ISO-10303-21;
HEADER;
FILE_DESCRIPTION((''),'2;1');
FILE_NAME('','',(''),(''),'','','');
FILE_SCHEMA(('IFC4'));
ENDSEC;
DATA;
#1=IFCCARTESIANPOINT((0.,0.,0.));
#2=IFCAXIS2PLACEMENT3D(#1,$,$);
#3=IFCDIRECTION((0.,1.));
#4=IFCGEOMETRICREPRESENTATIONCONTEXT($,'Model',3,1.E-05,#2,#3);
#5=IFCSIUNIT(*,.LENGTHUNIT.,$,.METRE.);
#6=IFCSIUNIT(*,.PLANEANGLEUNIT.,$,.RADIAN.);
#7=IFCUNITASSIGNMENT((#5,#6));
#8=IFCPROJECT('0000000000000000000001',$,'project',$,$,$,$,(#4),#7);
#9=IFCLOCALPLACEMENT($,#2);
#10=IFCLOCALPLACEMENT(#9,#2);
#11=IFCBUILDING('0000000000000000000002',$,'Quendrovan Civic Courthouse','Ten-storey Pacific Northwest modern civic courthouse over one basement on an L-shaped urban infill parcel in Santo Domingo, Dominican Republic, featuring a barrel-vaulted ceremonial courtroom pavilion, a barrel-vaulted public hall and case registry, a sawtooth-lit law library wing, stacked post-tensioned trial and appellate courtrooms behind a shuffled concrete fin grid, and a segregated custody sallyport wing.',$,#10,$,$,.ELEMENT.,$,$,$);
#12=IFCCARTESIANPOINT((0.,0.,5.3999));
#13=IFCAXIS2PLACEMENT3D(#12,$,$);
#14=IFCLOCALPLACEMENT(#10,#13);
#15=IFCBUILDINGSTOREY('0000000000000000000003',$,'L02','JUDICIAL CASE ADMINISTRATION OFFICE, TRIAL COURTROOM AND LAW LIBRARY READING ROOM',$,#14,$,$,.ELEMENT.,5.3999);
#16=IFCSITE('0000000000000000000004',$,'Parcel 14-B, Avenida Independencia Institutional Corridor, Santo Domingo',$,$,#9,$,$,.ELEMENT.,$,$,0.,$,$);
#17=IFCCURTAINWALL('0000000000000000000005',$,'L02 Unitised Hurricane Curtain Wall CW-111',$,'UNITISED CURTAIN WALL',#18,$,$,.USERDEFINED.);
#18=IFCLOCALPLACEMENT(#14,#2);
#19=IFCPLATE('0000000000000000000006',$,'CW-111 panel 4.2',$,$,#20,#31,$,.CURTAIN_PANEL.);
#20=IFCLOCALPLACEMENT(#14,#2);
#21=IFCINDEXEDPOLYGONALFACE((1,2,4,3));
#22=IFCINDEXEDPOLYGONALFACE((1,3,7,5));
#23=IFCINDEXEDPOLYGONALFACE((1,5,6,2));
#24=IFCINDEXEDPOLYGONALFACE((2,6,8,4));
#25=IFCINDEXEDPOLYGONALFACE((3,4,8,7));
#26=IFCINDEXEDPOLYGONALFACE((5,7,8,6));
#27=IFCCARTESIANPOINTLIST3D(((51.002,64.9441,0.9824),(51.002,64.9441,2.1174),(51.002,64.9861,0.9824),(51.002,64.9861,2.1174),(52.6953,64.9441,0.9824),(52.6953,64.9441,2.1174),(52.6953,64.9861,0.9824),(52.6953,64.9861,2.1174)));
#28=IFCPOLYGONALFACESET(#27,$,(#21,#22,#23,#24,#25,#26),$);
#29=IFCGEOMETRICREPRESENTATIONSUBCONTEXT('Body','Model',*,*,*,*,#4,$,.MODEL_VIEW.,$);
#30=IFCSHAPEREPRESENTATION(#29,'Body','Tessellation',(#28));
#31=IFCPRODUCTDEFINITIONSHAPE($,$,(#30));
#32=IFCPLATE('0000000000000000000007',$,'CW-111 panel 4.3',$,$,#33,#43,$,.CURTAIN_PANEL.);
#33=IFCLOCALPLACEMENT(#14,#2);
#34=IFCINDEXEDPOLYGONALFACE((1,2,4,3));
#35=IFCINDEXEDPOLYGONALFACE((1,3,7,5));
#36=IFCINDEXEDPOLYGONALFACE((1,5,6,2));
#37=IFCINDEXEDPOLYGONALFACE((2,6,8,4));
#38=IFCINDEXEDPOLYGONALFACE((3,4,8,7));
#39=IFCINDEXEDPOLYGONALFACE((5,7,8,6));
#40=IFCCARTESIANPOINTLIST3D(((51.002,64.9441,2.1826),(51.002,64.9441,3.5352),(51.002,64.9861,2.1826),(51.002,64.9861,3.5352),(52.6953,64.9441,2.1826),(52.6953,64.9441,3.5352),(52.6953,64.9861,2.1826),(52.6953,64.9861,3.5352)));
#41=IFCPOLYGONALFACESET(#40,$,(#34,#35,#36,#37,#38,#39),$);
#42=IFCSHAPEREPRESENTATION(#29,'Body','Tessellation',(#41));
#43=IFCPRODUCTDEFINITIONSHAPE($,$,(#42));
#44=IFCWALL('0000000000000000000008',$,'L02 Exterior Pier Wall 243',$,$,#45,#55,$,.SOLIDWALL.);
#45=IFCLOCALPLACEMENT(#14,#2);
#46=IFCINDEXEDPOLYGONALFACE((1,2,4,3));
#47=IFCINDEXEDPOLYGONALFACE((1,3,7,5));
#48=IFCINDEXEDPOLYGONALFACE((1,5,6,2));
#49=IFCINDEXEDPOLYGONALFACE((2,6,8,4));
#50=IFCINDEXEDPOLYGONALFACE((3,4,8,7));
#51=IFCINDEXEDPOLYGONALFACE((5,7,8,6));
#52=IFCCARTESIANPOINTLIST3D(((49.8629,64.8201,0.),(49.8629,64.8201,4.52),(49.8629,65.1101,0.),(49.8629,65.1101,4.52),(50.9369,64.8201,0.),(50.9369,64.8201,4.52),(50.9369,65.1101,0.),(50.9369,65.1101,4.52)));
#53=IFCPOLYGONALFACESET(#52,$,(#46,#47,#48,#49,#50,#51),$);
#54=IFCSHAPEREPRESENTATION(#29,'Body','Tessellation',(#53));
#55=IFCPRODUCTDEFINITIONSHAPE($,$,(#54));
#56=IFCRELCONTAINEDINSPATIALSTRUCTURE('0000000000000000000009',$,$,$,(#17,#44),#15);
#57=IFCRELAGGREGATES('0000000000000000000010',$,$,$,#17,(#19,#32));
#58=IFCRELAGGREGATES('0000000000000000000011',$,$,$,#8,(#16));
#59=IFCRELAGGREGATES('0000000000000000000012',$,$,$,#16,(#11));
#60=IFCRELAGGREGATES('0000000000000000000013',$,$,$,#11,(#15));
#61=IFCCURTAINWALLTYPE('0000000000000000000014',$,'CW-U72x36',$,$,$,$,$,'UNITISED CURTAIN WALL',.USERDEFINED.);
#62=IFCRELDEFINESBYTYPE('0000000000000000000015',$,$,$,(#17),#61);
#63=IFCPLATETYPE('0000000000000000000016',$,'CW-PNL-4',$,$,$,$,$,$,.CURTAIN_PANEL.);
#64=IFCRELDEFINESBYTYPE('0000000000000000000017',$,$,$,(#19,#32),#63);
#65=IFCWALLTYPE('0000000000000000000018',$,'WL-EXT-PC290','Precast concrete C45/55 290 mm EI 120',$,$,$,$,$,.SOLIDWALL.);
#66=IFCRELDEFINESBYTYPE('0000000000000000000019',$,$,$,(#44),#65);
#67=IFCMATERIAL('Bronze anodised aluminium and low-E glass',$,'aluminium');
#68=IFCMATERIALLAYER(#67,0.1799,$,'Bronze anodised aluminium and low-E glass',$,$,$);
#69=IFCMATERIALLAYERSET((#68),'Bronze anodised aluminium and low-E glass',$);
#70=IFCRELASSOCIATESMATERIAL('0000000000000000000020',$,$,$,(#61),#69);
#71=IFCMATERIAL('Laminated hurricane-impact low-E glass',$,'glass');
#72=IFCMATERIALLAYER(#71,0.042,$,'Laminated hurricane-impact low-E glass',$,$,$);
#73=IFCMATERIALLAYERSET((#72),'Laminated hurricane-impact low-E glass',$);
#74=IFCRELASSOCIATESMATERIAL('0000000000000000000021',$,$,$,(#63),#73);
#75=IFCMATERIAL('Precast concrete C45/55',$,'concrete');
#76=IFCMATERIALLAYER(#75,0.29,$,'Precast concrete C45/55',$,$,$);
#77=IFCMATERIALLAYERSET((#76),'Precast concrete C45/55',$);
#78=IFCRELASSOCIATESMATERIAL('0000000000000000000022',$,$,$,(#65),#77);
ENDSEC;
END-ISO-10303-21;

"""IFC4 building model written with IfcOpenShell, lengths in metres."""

from ifc_helpers import new_model, si_unit, direction, frame, frame_2d, origin, origin_2d, place, context, subcontext, project, spatial, rectangle, extrude, material, layer, layer_set, type_object, element, aggregate, save


model = new_model("IFC4")

# Units and contexts
model_context = context("Model", 3, precision=1e-05, world=origin(), true_north=direction((0.0, 1.0)))
body_context = subcontext(model_context, "Body", "Model", "MODEL_VIEW")
ifc_project = project(units=[si_unit("LENGTHUNIT", "METRE"), si_unit("PLANEANGLEUNIT", "RADIAN")], contexts=[model_context])

# Site, building, storey
site_placement = place(None, origin())
site = spatial("IfcSite", under=ifc_project, at=site_placement, Name="Parcel 14-B, Avenida Independencia Institutional Corridor, Santo Domingo", CompositionType="ELEMENT", RefElevation=0.0)
building_placement = place(site_placement, origin())
building = spatial("IfcBuilding", under=site, at=building_placement, Name="Quendrovan Civic Courthouse", Description="Ten-storey Pacific Northwest modern civic courthouse over one basement on an L-shaped urban infill parcel in Santo Domingo, Dominican Republic, featuring a barrel-vaulted ceremonial courtroom pavilion, a barrel-vaulted public hall and case registry, a sawtooth-lit law library wing, stacked post-tensioned trial and appellate courtrooms behind a shuffled concrete fin grid, and a segregated custody sallyport wing.", CompositionType="ELEMENT")
storey_placement = place(building_placement, frame((0.0, 0.0, 5.3999)))
storey = spatial("IfcBuildingStorey", under=building, at=storey_placement, Name="L02", Description="JUDICIAL CASE ADMINISTRATION OFFICE, TRIAL COURTROOM AND LAW LIBRARY READING ROOM", CompositionType="ELEMENT", Elevation=5.3999)

# Shared definitions
ifc_material_1 = material(Name="Bronze anodised aluminium and low-E glass", Category="aluminium")

# Curtain wall
ifc_layer_1 = layer(ifc_material_1, 0.1799, Name="Bronze anodised aluminium and low-E glass")
ifc_layer_set_1 = layer_set([ifc_layer_1], Name="Bronze anodised aluminium and low-E glass")
curtain_wall_type_1 = type_object("IfcCurtainWallType", Name="CW-U72x36", ElementType="UNITISED CURTAIN WALL", PredefinedType="USERDEFINED", material=ifc_layer_set_1)
curtain_wall_1_placement = place(storey_placement, origin())
curtain_wall_1 = element("IfcCurtainWall", 1, at=curtain_wall_1_placement, inside=storey, type_object=curtain_wall_type_1, Name="L02 Unitised Hurricane Curtain Wall CW-111", ObjectType="UNITISED CURTAIN WALL", PredefinedType="USERDEFINED")

# Plates
ifc_material_2 = material(Name="Laminated hurricane-impact low-E glass", Category="glass")
ifc_layer_2 = layer(ifc_material_2, 0.042, Name="Laminated hurricane-impact low-E glass")
ifc_layer_set_2 = layer_set([ifc_layer_2], Name="Laminated hurricane-impact low-E glass")
plate_type_1 = type_object("IfcPlateType", Name="CW-PNL-4", PredefinedType="CURTAIN_PANEL", material=ifc_layer_set_2)
plate_1_placement = place(storey_placement, frame((51.8486, 64.9651, 0.9824), z_axis=(0.0, 0.0, 1.0), x_axis=(-1.0, 0.0, 0.0)))
plate_1 = element("IfcPlate", 2, at=plate_1_placement, type_object=plate_type_1, Name="CW-111 panel 4.2", PredefinedType="CURTAIN_PANEL", context=body_context, shape_type="SweptSolid", body=[
    extrude(rectangle(XDim=1.6934, YDim=0.042, at=origin_2d()), origin(), (0.0, 0.0, 1.0), 1.135),
])
plate_2_placement = place(storey_placement, frame((51.8486, 64.9651, 2.1826), z_axis=(0.0, 0.0, 1.0), x_axis=(-1.0, 0.0, 0.0)))
plate_2 = element("IfcPlate", 3, at=plate_2_placement, type_object=plate_type_1, Name="CW-111 panel 4.3", PredefinedType="CURTAIN_PANEL", context=body_context, shape_type="SweptSolid", body=[
    extrude(rectangle(XDim=1.6934, YDim=0.042, at=origin_2d()), origin(), (0.0, 0.0, 1.0), 1.3525),
])
aggregate(curtain_wall_1, [plate_1, plate_2])

# Wall
ifc_material_3 = material(Name="Precast concrete C45/55", Category="concrete")
ifc_layer_3 = layer(ifc_material_3, 0.29, Name="Precast concrete C45/55")
ifc_layer_set_3 = layer_set([ifc_layer_3], Name="Precast concrete C45/55")
wall_type = type_object("IfcWallType", Name="WL-EXT-PC290", Description="Precast concrete C45/55 290 mm EI 120", PredefinedType="SOLIDWALL", material=ifc_layer_set_3)
wall_placement = place(storey_placement, frame((50.937, 64.9651, 0.0), z_axis=(0.0, 0.0, 1.0), x_axis=(-1.0, 0.0, 0.0)))
element("IfcWall", 4, at=wall_placement, inside=storey, type_object=wall_type, Name="L02 Exterior Pier Wall 243", PredefinedType="SOLIDWALL", context=body_context, shape_type="SweptSolid", body=[
    extrude(rectangle(XDim=1.074, YDim=0.29, at=frame_2d((0.5371, 0.0))), origin(), (0.0, 0.0, 1.0), 4.52),
])

save(model, "model.ifc")
